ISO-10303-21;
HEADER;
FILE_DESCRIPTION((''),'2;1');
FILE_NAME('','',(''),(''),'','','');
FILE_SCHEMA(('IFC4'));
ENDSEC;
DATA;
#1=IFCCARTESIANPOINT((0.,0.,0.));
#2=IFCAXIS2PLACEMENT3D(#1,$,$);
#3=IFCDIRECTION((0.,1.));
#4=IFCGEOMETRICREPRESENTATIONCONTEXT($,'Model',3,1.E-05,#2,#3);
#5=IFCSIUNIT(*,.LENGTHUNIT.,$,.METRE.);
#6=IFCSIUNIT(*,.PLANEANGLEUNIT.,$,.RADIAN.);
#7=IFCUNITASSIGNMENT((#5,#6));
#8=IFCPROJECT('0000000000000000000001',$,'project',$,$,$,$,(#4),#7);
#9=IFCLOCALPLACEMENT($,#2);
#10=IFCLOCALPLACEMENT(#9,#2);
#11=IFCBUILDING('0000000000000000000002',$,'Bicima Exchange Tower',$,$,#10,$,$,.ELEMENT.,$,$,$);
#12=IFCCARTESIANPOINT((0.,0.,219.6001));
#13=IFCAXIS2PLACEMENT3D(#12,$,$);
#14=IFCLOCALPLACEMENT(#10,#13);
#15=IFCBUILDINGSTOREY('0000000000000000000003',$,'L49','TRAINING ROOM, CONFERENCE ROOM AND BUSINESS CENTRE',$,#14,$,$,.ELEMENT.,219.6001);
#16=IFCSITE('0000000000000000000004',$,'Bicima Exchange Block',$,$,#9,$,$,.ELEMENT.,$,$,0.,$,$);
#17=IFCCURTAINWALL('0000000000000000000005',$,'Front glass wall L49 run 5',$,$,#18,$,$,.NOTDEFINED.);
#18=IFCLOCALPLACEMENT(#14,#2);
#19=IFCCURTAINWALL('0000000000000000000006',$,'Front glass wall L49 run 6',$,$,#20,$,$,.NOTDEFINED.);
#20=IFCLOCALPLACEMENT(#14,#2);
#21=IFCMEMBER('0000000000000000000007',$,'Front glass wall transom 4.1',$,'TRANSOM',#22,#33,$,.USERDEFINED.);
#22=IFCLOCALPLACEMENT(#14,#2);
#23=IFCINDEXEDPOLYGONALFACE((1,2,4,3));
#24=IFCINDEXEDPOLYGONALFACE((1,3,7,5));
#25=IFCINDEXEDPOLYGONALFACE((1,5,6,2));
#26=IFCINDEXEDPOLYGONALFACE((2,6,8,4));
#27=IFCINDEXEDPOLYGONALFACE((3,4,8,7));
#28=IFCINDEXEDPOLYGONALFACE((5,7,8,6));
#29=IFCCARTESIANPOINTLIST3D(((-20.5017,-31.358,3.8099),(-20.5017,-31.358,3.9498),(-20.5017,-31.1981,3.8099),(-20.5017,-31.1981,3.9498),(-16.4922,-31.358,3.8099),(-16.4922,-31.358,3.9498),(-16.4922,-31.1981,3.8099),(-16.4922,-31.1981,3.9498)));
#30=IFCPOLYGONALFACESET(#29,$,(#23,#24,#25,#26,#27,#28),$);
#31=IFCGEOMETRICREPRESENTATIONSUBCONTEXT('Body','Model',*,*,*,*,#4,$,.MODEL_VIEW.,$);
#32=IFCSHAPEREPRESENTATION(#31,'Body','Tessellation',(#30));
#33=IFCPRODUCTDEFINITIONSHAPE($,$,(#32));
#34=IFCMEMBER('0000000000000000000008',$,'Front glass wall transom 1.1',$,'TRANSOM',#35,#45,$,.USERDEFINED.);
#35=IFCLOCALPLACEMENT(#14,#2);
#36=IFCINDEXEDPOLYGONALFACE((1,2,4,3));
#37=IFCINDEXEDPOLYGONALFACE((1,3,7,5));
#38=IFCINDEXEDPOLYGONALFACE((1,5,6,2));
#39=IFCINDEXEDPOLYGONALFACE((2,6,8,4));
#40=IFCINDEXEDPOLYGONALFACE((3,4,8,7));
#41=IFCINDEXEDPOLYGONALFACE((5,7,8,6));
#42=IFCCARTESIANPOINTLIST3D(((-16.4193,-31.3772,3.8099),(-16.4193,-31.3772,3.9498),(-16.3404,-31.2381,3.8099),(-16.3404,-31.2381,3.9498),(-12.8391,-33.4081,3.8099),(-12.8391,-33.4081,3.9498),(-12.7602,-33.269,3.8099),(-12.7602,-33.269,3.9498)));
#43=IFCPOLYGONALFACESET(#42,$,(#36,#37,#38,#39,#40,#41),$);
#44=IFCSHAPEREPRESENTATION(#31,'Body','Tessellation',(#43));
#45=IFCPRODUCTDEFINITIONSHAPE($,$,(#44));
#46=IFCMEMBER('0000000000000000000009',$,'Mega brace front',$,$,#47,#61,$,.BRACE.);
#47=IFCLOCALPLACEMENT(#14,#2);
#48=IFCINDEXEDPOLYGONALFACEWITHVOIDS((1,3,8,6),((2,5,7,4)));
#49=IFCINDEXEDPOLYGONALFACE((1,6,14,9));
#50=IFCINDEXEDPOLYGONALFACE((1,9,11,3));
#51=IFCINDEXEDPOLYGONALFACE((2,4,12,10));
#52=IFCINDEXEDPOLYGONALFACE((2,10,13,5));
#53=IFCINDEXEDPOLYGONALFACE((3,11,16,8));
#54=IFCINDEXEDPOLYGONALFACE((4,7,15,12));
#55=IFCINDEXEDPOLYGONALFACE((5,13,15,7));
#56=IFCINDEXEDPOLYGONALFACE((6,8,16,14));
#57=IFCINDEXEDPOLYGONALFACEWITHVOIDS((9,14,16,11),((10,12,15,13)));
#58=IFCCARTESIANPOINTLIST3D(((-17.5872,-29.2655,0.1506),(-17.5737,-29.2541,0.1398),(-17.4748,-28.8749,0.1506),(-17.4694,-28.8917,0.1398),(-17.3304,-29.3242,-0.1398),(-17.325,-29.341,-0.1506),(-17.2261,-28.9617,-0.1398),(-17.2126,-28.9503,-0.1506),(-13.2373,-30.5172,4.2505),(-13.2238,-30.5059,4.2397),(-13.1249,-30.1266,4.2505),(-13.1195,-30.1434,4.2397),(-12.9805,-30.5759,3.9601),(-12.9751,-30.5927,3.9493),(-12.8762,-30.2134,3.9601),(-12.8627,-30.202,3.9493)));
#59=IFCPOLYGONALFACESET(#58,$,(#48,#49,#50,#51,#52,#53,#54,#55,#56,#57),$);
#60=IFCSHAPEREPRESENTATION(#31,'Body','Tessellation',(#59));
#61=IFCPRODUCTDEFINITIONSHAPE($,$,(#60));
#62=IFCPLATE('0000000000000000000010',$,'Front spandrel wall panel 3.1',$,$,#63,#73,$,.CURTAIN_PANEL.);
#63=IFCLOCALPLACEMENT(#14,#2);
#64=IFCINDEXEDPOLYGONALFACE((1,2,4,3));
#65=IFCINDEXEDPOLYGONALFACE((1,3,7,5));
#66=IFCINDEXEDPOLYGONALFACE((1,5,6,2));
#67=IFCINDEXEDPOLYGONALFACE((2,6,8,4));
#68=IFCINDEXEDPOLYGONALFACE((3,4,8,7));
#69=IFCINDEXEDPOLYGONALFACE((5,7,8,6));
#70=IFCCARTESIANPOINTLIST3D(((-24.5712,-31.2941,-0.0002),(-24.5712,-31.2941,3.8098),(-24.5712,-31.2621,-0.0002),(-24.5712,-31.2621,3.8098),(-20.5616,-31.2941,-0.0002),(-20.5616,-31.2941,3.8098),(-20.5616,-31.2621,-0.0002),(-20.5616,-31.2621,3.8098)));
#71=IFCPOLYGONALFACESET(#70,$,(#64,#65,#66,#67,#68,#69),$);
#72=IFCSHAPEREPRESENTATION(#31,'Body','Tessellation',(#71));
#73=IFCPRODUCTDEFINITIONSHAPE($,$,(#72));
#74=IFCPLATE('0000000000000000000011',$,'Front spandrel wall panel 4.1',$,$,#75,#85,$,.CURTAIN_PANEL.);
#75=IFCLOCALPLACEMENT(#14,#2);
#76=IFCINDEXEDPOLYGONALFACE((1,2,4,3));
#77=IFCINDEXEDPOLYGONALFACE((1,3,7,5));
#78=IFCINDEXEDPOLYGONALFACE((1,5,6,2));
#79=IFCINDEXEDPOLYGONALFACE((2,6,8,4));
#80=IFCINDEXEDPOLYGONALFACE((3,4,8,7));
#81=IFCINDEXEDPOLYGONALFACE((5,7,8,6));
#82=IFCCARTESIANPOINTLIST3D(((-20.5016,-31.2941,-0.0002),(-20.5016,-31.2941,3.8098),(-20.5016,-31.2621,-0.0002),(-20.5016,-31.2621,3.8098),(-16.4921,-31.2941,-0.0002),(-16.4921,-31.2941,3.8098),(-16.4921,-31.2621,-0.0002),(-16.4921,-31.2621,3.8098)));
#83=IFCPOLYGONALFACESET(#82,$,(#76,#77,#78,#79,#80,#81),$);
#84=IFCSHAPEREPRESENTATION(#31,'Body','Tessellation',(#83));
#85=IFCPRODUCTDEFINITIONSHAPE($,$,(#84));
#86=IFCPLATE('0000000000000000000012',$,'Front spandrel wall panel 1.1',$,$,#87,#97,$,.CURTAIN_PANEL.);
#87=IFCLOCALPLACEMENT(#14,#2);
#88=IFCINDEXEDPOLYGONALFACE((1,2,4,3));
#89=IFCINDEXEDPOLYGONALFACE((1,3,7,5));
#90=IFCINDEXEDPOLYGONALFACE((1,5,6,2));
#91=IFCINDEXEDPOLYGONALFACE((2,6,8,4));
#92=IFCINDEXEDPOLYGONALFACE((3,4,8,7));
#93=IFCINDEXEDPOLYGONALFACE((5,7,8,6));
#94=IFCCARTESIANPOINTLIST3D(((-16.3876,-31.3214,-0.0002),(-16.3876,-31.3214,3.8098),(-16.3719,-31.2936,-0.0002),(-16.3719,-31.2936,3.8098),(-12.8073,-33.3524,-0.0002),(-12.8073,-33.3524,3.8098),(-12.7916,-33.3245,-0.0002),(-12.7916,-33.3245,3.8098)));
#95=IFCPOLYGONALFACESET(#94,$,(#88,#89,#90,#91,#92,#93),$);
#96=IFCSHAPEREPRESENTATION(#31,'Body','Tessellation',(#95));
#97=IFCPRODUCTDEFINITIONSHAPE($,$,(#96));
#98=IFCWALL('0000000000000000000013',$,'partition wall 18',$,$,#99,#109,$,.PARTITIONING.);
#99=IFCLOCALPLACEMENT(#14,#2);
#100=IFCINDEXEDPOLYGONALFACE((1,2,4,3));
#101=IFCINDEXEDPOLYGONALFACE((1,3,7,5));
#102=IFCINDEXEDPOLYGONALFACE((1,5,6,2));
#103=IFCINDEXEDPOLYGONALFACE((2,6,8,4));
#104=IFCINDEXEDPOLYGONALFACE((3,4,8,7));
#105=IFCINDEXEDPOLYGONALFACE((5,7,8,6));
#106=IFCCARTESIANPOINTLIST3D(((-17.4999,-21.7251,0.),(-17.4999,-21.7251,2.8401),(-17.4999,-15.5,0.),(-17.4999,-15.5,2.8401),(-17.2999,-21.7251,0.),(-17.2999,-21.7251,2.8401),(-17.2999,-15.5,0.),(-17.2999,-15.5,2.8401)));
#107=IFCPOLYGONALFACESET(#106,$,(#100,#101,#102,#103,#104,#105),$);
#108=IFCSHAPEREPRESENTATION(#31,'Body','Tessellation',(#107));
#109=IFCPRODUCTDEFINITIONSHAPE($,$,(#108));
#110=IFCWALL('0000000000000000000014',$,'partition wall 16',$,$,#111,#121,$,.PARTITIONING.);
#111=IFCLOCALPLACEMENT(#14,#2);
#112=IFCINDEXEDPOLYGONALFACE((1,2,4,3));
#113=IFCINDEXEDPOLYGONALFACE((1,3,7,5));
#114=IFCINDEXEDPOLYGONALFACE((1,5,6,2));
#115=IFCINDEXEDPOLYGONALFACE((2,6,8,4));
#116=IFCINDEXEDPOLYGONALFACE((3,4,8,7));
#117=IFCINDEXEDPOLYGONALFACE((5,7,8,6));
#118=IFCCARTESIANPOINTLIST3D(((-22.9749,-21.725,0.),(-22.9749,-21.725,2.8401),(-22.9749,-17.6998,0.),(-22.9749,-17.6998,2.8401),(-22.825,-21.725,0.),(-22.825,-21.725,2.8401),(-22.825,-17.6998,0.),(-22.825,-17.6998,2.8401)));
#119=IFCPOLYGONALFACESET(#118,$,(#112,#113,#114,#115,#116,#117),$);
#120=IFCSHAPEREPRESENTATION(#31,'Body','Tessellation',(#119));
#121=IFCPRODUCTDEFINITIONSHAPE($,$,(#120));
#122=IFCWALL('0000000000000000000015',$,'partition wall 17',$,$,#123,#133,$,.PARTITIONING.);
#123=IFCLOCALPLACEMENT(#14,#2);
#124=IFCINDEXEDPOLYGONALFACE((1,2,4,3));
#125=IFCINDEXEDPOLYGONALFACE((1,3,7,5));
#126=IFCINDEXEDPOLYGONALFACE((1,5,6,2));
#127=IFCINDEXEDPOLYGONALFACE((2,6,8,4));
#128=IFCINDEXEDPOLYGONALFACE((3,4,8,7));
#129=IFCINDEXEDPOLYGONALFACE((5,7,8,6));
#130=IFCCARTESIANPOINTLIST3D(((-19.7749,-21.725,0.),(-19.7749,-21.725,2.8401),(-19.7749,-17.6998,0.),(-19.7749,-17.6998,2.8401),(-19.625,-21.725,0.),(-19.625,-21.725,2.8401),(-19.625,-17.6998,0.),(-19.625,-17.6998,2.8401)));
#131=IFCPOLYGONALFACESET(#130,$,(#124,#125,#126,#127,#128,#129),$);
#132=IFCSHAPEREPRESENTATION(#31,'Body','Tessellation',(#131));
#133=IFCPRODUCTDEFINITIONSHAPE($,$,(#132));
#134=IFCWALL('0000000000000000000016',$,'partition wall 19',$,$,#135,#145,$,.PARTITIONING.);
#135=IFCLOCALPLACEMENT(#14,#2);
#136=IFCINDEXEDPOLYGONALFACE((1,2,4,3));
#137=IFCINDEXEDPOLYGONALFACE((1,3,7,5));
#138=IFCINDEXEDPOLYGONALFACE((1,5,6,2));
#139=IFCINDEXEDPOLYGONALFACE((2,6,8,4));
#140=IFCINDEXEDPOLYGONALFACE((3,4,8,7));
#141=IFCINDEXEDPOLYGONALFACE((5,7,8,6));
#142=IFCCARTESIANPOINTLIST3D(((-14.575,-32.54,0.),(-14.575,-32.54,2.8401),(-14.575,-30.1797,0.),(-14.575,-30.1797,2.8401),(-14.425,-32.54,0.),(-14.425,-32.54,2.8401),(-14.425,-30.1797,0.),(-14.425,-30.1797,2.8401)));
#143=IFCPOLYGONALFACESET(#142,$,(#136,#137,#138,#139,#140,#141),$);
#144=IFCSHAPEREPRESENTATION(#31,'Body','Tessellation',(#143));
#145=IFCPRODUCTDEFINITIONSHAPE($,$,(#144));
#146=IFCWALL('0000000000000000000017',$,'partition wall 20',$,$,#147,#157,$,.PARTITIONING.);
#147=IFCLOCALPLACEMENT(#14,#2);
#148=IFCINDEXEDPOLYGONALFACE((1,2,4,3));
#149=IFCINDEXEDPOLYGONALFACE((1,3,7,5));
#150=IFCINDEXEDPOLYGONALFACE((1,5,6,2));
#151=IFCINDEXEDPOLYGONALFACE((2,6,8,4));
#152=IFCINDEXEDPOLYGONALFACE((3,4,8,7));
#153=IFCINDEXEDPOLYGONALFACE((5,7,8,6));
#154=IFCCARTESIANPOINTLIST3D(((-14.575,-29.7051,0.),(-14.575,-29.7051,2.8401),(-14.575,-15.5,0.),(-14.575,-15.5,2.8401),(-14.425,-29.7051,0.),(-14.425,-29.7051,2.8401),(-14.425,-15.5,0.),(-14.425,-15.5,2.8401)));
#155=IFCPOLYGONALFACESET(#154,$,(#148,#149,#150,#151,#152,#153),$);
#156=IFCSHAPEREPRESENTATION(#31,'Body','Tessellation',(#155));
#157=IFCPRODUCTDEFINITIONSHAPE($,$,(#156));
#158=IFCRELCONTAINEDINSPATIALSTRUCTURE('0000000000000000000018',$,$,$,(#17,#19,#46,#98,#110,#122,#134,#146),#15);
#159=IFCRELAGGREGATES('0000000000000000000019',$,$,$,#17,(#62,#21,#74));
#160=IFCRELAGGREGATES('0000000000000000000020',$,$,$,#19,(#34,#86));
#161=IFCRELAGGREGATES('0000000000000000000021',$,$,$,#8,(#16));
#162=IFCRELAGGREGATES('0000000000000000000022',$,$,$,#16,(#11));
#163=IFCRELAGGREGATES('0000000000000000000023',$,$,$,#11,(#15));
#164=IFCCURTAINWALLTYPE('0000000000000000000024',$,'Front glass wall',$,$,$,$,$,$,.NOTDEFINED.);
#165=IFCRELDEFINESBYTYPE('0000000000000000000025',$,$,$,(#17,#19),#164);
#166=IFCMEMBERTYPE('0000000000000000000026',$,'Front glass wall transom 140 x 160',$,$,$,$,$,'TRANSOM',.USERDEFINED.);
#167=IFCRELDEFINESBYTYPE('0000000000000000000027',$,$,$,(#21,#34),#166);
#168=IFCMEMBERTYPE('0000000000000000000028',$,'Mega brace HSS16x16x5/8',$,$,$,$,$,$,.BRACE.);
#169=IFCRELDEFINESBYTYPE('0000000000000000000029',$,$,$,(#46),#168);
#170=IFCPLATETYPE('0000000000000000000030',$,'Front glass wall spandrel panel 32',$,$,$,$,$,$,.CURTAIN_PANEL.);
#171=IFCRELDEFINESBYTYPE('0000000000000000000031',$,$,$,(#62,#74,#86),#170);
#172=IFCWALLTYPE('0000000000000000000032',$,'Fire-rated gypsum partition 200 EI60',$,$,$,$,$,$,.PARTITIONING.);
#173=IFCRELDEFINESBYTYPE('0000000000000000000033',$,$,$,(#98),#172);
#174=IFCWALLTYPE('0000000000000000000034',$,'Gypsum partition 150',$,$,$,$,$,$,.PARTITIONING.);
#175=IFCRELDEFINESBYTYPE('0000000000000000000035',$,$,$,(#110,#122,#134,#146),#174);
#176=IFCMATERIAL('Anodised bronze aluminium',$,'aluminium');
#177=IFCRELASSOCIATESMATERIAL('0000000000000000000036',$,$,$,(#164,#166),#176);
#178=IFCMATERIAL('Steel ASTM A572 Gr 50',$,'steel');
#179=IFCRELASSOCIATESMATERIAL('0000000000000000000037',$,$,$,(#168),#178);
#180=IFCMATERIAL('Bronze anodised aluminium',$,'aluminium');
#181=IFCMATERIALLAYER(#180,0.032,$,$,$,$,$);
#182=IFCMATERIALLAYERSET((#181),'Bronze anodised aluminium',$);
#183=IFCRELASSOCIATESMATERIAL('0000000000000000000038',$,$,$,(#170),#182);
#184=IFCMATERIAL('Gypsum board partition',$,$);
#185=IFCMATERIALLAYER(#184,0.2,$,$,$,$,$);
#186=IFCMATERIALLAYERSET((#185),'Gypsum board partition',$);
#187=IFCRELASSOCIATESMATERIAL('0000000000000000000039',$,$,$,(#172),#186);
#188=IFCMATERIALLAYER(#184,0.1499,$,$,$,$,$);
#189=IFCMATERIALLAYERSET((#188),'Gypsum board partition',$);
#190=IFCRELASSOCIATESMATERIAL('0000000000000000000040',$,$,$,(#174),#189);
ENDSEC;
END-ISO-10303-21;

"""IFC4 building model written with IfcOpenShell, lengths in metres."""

from ifc_helpers import new_model, si_unit, direction, frame, frame_2d, origin, origin_2d, place, context, subcontext, project, spatial, rectangle, hollow_rectangle, extrude, material, layer, layer_set, material_profile, profile_set, type_object, element, aggregate, save


model = new_model("IFC4")

# Units and contexts
model_context = context("Model", 3, precision=1e-05, world=origin(), true_north=direction((0.0, 1.0)))
body_context = subcontext(model_context, "Body", "Model", "MODEL_VIEW")
ifc_project = project(units=[si_unit("LENGTHUNIT", "METRE"), si_unit("PLANEANGLEUNIT", "RADIAN")], contexts=[model_context])

# Site, building, storey
site_placement = place(None, origin())
site = spatial("IfcSite", under=ifc_project, at=site_placement, Name="Bicima Exchange Block", CompositionType="ELEMENT", RefElevation=0.0)
building_placement = place(site_placement, origin())
building = spatial("IfcBuilding", under=site, at=building_placement, Name="Bicima Exchange Tower", CompositionType="ELEMENT")
storey_placement = place(building_placement, frame((0.0, 0.0, 219.6001)))
storey = spatial("IfcBuildingStorey", under=building, at=storey_placement, Name="L49", Description="TRAINING ROOM, CONFERENCE ROOM AND BUSINESS CENTRE", CompositionType="ELEMENT", Elevation=219.6001)

# Shared definitions
ifc_material_1 = material(Name="Steel ASTM A572 Gr 50", Category="steel")

# Curtain wall
ifc_material_2 = material(Name="Anodised bronze aluminium", Category="aluminium")
curtain_wall_type = type_object("IfcCurtainWallType", Name="Front glass wall", PredefinedType="NOTDEFINED", material=ifc_material_2)
curtain_wall_1_placement = place(storey_placement, origin())
curtain_wall_1 = element("IfcCurtainWall", 1, at=curtain_wall_1_placement, inside=storey, type_object=curtain_wall_type, Name="Front glass wall L49 run 5", PredefinedType="NOTDEFINED")

# Curtain wall
curtain_wall_2_placement = place(storey_placement, origin())
curtain_wall_2 = element("IfcCurtainWall", 2, at=curtain_wall_2_placement, inside=storey, type_object=curtain_wall_type, Name="Front glass wall L49 run 6", PredefinedType="NOTDEFINED")

# Members
ifc_material_profile_1 = material_profile(ifc_material_2, rectangle(XDim=0.1599, YDim=0.1399, at=origin_2d()))
ifc_profile_set_1 = profile_set([ifc_material_profile_1], Name="Anodised bronze aluminium")
member_type_1 = type_object("IfcMemberType", Name="Front glass wall transom 140 x 160", ElementType="TRANSOM", PredefinedType="USERDEFINED", material=ifc_profile_set_1)
member_1_placement = place(storey_placement, frame((-20.5017, -31.2781, 3.8799), z_axis=(1.0, 0.0, 0.0), x_axis=(0.0, 1.0, 0.0)))
member_1 = element("IfcMember", 3, at=member_1_placement, type_object=member_type_1, Name="Front glass wall transom 4.1", ObjectType="TRANSOM", PredefinedType="USERDEFINED", context=body_context, shape_type="SweptSolid", body=[
    extrude(rectangle(XDim=0.1599, YDim=0.1399, at=origin_2d()), origin(), (0.0, 0.0, 1.0), 4.0095),
])
member_2_placement = place(storey_placement, frame((-16.3799, -31.3076, 3.8799), z_axis=(0.869797, -0.493409, 0.0), x_axis=(0.493409, 0.869797, 0.0)))
member_2 = element("IfcMember", 4, at=member_2_placement, type_object=member_type_1, Name="Front glass wall transom 1.1", ObjectType="TRANSOM", PredefinedType="USERDEFINED", context=body_context, shape_type="SweptSolid", body=[
    extrude(rectangle(XDim=0.1599, YDim=0.1399, at=origin_2d()), origin(), (0.0, 0.0, 1.0), 4.1162),
])
ifc_material_profile_2 = material_profile(ifc_material_1, hollow_rectangle(XDim=0.4065, YDim=0.4065, WallThickness=0.0146, at=origin_2d()))
ifc_profile_set_2 = profile_set([ifc_material_profile_2], Name="Steel ASTM A572 Gr 50")
member_type_2 = type_object("IfcMemberType", Name="Mega brace HSS16x16x5/8", PredefinedType="BRACE", material=ifc_profile_set_2)
member_3_placement = place(storey_placement, frame((-17.3999, -29.1079, 0.0), z_axis=(0.71226, -0.204959, 0.671325), x_axis=(0.276537, 0.961003, 0.0)))
element("IfcMember", 5, at=member_3_placement, inside=storey, type_object=member_type_2, Name="Mega brace front", PredefinedType="BRACE", context=body_context, shape_type="SweptSolid", body=[
    extrude(hollow_rectangle(XDim=0.4065, YDim=0.4065, WallThickness=0.0146, at=origin_2d()), origin(), (0.0, 0.0, 1.0), 6.1072),
])

# Plates
ifc_material_3 = material(Name="Bronze anodised aluminium", Category="aluminium")
ifc_layer_1 = layer(ifc_material_3, 0.032)
ifc_layer_set_1 = layer_set([ifc_layer_1], Name="Bronze anodised aluminium")
plate_type = type_object("IfcPlateType", Name="Front glass wall spandrel panel 32", PredefinedType="CURTAIN_PANEL", material=ifc_layer_set_1)
plate_1_placement = place(storey_placement, frame((-22.5664, -31.2781, -0.0002), z_axis=(0.0, 0.0, 1.0), x_axis=(1.0, 0.0, 0.0)))
plate_1 = element("IfcPlate", 6, at=plate_1_placement, type_object=plate_type, Name="Front spandrel wall panel 3.1", PredefinedType="CURTAIN_PANEL", context=body_context, shape_type="SweptSolid", body=[
    extrude(rectangle(XDim=4.0095, YDim=0.032, at=origin_2d()), origin(), (0.0, 0.0, 1.0), 3.8101),
])
plate_2_placement = place(storey_placement, frame((-18.4968, -31.2781, -0.0002), z_axis=(0.0, 0.0, 1.0), x_axis=(1.0, 0.0, 0.0)))
plate_2 = element("IfcPlate", 7, at=plate_2_placement, type_object=plate_type, Name="Front spandrel wall panel 4.1", PredefinedType="CURTAIN_PANEL", context=body_context, shape_type="SweptSolid", body=[
    extrude(rectangle(XDim=4.0095, YDim=0.032, at=origin_2d()), origin(), (0.0, 0.0, 1.0), 3.8101),
])
aggregate(curtain_wall_1, [plate_1, member_1, plate_2])
plate_3_placement = place(storey_placement, frame((-14.5896, -32.323, -0.0002), z_axis=(0.0, 0.0, 1.0), x_axis=(0.869805, -0.493395, 0.0)))
plate_3 = element("IfcPlate", 8, at=plate_3_placement, type_object=plate_type, Name="Front spandrel wall panel 1.1", PredefinedType="CURTAIN_PANEL", context=body_context, shape_type="SweptSolid", body=[
    extrude(rectangle(XDim=4.1162, YDim=0.032, at=origin_2d()), origin(), (0.0, 0.0, 1.0), 3.8101),
])
aggregate(curtain_wall_2, [member_2, plate_3])

# Walls
ifc_material_4 = material(Name="Gypsum board partition")
ifc_layer_2 = layer(ifc_material_4, 0.2)
ifc_layer_set_2 = layer_set([ifc_layer_2], Name="Gypsum board partition")
wall_type_1 = type_object("IfcWallType", Name="Fire-rated gypsum partition 200 EI60", PredefinedType="PARTITIONING", material=ifc_layer_set_2)
wall_1_placement = place(storey_placement, frame((-17.3999, -21.7251, 0.0), z_axis=(0.0, 0.0, 1.0), x_axis=(0.0, 1.0, 0.0)))
element("IfcWall", 9, at=wall_1_placement, inside=storey, type_object=wall_type_1, Name="partition wall 18", PredefinedType="PARTITIONING", context=body_context, shape_type="SweptSolid", body=[
    extrude(rectangle(XDim=6.2251, YDim=0.2, at=frame_2d((3.1125, 0.0))), origin(), (0.0, 0.0, 1.0), 2.8401),
])
ifc_layer_3 = layer(ifc_material_4, 0.1499)
ifc_layer_set_3 = layer_set([ifc_layer_3], Name="Gypsum board partition")
wall_type_2 = type_object("IfcWallType", Name="Gypsum partition 150", PredefinedType="PARTITIONING", material=ifc_layer_set_3)
for number, where, z_axis, x_axis, name in (
    (10, (-22.8999, -21.7251, 0.0), (0.0, 0.0, 1.0), (0.0, 1.0, 0.0), "partition wall 16"),
    (11, (-19.7, -21.7251, 0.0), (0.0, 0.0, 1.0), (0.0, 1.0, 0.0), "partition wall 17"),
):
    element("IfcWall", number, at=place(storey_placement, frame(where, z_axis=z_axis, x_axis=x_axis)), inside=storey, type_object=wall_type_2, Name=name, PredefinedType="PARTITIONING", context=body_context, shape_type="SweptSolid", body=[
        extrude(rectangle(XDim=4.0251, YDim=0.1499, at=frame_2d((2.0127, 0.0))), origin(), (0.0, 0.0, 1.0), 2.8401),
    ])
wall_2_placement = place(storey_placement, frame((-14.5, -32.54, 0.0), z_axis=(0.0, 0.0, 1.0), x_axis=(0.0, 1.0, 0.0)))
element("IfcWall", 12, at=wall_2_placement, inside=storey, type_object=wall_type_2, Name="partition wall 19", PredefinedType="PARTITIONING", context=body_context, shape_type="SweptSolid", body=[
    extrude(rectangle(XDim=2.3604, YDim=0.1499, at=frame_2d((1.1802, 0.0))), origin(), (0.0, 0.0, 1.0), 2.8401),
])
wall_3_placement = place(storey_placement, frame((-14.5, -29.7051, 0.0), z_axis=(0.0, 0.0, 1.0), x_axis=(0.0, 1.0, 0.0)))
element("IfcWall", 13, at=wall_3_placement, inside=storey, type_object=wall_type_2, Name="partition wall 20", PredefinedType="PARTITIONING", context=body_context, shape_type="SweptSolid", body=[
    extrude(rectangle(XDim=14.2051, YDim=0.1499, at=frame_2d((7.1025, 0.0))), origin(), (0.0, 0.0, 1.0), 2.8401),
])

save(model, "model.ifc")
